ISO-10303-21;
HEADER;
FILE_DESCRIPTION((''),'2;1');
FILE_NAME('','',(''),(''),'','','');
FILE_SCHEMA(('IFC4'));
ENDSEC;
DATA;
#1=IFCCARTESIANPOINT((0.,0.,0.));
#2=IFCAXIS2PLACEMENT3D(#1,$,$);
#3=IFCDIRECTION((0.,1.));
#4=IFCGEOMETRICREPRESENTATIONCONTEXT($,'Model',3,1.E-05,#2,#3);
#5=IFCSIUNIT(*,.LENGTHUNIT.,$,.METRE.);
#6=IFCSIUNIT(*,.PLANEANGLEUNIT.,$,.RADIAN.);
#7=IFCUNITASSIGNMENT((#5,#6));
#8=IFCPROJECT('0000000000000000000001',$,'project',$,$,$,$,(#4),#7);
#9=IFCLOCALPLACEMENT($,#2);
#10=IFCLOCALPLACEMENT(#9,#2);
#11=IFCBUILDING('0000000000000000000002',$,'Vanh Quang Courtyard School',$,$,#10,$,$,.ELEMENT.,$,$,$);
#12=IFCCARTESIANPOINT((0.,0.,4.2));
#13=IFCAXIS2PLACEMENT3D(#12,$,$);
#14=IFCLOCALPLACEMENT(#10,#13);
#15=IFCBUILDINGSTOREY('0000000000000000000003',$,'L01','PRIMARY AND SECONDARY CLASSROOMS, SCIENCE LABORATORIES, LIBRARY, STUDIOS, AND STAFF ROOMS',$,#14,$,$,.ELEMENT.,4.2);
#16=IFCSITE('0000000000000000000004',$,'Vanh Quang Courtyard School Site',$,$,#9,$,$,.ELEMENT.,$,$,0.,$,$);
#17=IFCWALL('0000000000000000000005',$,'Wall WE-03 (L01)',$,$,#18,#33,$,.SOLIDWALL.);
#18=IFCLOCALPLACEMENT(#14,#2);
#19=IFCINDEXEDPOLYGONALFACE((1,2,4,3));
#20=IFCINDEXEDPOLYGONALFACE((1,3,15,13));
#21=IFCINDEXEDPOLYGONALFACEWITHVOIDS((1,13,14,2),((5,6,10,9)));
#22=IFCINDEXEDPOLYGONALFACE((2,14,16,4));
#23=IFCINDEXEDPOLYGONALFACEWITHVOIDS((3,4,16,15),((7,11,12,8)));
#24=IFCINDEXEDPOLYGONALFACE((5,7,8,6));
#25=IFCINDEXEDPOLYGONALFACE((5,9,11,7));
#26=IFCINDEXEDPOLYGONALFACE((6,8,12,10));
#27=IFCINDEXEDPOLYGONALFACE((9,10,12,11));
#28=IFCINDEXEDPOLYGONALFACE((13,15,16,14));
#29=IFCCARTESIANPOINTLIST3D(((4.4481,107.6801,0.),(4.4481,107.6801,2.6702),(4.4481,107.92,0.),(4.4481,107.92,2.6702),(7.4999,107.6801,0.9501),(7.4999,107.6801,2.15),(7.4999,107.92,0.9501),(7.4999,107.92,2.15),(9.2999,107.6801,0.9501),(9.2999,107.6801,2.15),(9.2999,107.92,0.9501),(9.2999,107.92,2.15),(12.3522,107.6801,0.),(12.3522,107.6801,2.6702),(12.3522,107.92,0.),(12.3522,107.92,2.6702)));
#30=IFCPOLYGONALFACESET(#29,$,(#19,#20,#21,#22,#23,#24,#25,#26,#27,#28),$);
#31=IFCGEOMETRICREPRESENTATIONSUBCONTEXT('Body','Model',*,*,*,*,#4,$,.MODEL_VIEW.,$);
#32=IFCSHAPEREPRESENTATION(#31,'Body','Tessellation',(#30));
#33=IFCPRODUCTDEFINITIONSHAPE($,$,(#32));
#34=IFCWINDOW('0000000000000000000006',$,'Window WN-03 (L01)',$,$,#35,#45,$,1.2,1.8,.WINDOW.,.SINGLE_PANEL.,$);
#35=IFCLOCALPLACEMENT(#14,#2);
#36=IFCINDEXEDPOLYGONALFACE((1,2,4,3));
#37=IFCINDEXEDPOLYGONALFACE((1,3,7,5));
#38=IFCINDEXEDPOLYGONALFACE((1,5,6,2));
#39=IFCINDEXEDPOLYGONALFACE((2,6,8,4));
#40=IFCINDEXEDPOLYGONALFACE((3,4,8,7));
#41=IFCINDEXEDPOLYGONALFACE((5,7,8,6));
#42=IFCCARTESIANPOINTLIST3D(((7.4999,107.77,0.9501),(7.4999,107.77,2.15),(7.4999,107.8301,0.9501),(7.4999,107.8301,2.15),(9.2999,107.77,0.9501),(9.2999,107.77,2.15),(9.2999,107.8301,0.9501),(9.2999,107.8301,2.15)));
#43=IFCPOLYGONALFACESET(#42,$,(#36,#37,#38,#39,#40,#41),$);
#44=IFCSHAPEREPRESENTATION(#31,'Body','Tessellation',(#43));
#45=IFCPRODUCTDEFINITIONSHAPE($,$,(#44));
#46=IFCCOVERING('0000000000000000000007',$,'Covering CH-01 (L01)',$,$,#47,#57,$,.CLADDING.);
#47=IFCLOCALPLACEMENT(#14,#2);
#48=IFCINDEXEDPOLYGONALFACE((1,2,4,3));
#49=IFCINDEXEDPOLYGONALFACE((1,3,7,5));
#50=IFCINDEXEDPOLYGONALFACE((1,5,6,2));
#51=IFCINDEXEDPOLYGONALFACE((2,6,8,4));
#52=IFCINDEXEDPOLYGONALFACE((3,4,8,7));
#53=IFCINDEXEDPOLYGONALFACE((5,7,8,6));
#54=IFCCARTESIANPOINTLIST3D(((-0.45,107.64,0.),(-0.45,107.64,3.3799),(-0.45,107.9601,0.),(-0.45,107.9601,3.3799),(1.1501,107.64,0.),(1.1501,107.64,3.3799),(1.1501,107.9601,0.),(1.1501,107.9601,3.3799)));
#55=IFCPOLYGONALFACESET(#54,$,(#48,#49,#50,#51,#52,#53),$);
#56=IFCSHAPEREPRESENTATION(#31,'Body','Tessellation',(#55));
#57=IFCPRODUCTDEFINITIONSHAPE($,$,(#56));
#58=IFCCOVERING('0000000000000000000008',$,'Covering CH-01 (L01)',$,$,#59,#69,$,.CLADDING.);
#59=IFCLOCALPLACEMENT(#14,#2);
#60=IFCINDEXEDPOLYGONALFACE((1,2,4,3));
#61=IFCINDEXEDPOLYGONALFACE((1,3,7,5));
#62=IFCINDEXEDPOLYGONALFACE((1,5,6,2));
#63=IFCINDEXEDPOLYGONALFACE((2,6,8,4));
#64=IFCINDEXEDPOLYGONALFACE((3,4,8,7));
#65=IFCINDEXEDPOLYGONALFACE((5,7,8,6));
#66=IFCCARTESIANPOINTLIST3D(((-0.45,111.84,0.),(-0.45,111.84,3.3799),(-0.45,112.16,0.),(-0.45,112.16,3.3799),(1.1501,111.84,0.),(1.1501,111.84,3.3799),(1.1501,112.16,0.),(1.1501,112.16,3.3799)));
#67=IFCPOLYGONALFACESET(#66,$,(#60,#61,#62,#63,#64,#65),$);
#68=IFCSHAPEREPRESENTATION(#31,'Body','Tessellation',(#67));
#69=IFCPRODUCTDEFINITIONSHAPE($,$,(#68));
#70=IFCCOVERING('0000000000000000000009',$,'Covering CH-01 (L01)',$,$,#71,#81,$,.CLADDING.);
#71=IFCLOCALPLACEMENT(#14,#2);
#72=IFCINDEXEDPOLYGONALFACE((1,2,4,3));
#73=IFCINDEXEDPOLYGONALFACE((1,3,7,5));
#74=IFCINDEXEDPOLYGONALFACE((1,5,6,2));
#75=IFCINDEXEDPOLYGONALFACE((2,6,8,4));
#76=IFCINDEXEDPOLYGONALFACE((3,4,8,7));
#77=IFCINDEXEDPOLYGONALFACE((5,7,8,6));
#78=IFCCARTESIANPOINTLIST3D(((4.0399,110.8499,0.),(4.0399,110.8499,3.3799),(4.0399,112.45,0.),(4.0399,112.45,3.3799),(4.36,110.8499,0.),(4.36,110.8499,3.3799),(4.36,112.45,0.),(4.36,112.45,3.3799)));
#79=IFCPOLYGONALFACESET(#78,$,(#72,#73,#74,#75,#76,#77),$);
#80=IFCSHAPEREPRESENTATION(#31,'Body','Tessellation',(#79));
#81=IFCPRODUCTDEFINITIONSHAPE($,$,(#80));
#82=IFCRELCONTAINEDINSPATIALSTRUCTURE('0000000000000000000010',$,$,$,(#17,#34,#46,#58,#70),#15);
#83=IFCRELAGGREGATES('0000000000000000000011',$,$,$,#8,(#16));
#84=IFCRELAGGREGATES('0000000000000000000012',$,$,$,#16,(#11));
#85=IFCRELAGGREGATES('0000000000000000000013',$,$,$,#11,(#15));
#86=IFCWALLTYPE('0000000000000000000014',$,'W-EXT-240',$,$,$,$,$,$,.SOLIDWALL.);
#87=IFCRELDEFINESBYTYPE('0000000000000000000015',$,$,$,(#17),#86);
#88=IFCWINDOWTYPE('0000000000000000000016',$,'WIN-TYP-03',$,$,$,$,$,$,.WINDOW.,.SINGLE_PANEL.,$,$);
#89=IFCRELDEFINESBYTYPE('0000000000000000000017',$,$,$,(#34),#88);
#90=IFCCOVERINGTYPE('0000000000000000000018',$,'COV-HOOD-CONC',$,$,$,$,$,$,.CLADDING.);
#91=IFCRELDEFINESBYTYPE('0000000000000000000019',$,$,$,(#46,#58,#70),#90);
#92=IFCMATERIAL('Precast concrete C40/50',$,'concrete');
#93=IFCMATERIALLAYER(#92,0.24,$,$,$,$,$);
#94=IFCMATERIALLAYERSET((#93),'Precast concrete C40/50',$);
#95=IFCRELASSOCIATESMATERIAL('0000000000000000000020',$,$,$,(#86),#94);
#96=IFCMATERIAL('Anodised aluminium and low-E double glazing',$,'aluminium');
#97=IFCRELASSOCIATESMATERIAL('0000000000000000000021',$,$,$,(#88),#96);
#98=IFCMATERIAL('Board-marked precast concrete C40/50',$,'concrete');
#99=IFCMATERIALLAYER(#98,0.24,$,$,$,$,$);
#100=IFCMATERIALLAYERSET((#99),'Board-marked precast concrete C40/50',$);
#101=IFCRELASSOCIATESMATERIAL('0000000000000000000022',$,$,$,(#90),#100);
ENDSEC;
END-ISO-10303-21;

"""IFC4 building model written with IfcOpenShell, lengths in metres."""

from ifc_helpers import new_model, si_unit, direction, frame, frame_2d, origin, origin_2d, place, context, subcontext, project, spatial, rectangle, extrude, material, layer, layer_set, type_object, element, fill, save


model = new_model("IFC4")

# Units and contexts
model_context = context("Model", 3, precision=1e-05, world=origin(), true_north=direction((0.0, 1.0)))
body_context = subcontext(model_context, "Body", "Model", "MODEL_VIEW")
ifc_project = project(units=[si_unit("LENGTHUNIT", "METRE"), si_unit("PLANEANGLEUNIT", "RADIAN")], contexts=[model_context])

# Site, building, storey
site_placement = place(None, origin())
site = spatial("IfcSite", under=ifc_project, at=site_placement, Name="Vanh Quang Courtyard School Site", CompositionType="ELEMENT", RefElevation=0.0)
building_placement = place(site_placement, origin())
building = spatial("IfcBuilding", under=site, at=building_placement, Name="Vanh Quang Courtyard School", CompositionType="ELEMENT")
storey_placement = place(building_placement, frame((0.0, 0.0, 4.2)))
storey = spatial("IfcBuildingStorey", under=building, at=storey_placement, Name="L01", Description="PRIMARY AND SECONDARY CLASSROOMS, SCIENCE LABORATORIES, LIBRARY, STUDIOS, AND STAFF ROOMS", CompositionType="ELEMENT", Elevation=4.2)

# Wall, opening, window
ifc_material_1 = material(Name="Precast concrete C40/50", Category="concrete")
ifc_layer_1 = layer(ifc_material_1, 0.24)
ifc_layer_set_1 = layer_set([ifc_layer_1], Name="Precast concrete C40/50")
wall_type = type_object("IfcWallType", Name="W-EXT-240", PredefinedType="SOLIDWALL", material=ifc_layer_set_1)
wall_placement = place(storey_placement, frame((4.448, 107.8, 0.0), z_axis=(0.0, 0.0, 1.0), x_axis=(1.0, 0.0, 0.0)))
wall = element("IfcWall", 1, at=wall_placement, inside=storey, type_object=wall_type, Name="Wall WE-03 (L01)", PredefinedType="SOLIDWALL", context=body_context, shape_type="SweptSolid", body=[
    extrude(rectangle(XDim=7.9041, YDim=0.24, at=frame_2d((3.9521, 0.0))), origin(), (0.0, 0.0, 1.0), 2.6702),
])
opening_placement = place(wall_placement, frame((3.052, 0.0, 0.95)))
opening = element("IfcOpeningElement", 2, at=opening_placement, cuts=wall, PredefinedType="OPENING", context=body_context, shape_type="SweptSolid", body=[
    extrude(rectangle(XDim=1.8, YDim=1.2, at=frame_2d((0.8999, 0.6001))), frame((0.0, 0.1299, 0.0), z_axis=(0.0, -1.0, 0.0), x_axis=(1.0, 0.0, 0.0)), (0.0, 0.0, 1.0), 0.26),
])
ifc_material_2 = material(Name="Anodised aluminium and low-E double glazing", Category="aluminium")
window_type = type_object("IfcWindowType", Name="WIN-TYP-03", PartitioningType="SINGLE_PANEL", PredefinedType="WINDOW", material=ifc_material_2)
window_placement = place(opening_placement, origin())
window = element("IfcWindow", 3, at=window_placement, inside=storey, type_object=window_type, Name="Window WN-03 (L01)", OverallHeight=1.2, OverallWidth=1.8, PartitioningType="SINGLE_PANEL", PredefinedType="WINDOW", context=body_context, shape_type="SweptSolid", body=[
    extrude(rectangle(XDim=1.8, YDim=1.2, at=frame_2d((0.8999, 0.6001))), frame((0.0, 0.03, 0.0), z_axis=(0.0, -1.0, 0.0), x_axis=(1.0, 0.0, 0.0)), (0.0, 0.0, 1.0), 0.0601),
])
fill(opening, window)

# Coverings
ifc_material_3 = material(Name="Board-marked precast concrete C40/50", Category="concrete")
ifc_layer_2 = layer(ifc_material_3, 0.24)
ifc_layer_set_2 = layer_set([ifc_layer_2], Name="Board-marked precast concrete C40/50")
covering_type = type_object("IfcCoveringType", Name="COV-HOOD-CONC", PredefinedType="CLADDING", material=ifc_layer_set_2)
for number, where, z_axis, x_axis, name in (
    (4, (0.3501, 107.8, 0.0), (0.0, 0.0, 1.0), (1.0, 0.0, 0.0), "Covering CH-01 (L01)"),
    (5, (0.3501, 112.0, 0.0), (0.0, 0.0, 1.0), (1.0, 0.0, 0.0), "Covering CH-01 (L01)"),
    (6, (4.2, 111.6499, 0.0), (0.0, 0.0, 1.0), (0.0, 1.0, 0.0), "Covering CH-01 (L01)"),
):
    element("IfcCovering", number, at=place(storey_placement, frame(where, z_axis=z_axis, x_axis=x_axis)), inside=storey, type_object=covering_type, Name=name, PredefinedType="CLADDING", context=body_context, shape_type="SweptSolid", body=[
        extrude(rectangle(XDim=1.6001, YDim=0.3201, at=origin_2d()), origin(), (0.0, 0.0, 1.0), 3.3799),
    ])

save(model, "model.ifc")
